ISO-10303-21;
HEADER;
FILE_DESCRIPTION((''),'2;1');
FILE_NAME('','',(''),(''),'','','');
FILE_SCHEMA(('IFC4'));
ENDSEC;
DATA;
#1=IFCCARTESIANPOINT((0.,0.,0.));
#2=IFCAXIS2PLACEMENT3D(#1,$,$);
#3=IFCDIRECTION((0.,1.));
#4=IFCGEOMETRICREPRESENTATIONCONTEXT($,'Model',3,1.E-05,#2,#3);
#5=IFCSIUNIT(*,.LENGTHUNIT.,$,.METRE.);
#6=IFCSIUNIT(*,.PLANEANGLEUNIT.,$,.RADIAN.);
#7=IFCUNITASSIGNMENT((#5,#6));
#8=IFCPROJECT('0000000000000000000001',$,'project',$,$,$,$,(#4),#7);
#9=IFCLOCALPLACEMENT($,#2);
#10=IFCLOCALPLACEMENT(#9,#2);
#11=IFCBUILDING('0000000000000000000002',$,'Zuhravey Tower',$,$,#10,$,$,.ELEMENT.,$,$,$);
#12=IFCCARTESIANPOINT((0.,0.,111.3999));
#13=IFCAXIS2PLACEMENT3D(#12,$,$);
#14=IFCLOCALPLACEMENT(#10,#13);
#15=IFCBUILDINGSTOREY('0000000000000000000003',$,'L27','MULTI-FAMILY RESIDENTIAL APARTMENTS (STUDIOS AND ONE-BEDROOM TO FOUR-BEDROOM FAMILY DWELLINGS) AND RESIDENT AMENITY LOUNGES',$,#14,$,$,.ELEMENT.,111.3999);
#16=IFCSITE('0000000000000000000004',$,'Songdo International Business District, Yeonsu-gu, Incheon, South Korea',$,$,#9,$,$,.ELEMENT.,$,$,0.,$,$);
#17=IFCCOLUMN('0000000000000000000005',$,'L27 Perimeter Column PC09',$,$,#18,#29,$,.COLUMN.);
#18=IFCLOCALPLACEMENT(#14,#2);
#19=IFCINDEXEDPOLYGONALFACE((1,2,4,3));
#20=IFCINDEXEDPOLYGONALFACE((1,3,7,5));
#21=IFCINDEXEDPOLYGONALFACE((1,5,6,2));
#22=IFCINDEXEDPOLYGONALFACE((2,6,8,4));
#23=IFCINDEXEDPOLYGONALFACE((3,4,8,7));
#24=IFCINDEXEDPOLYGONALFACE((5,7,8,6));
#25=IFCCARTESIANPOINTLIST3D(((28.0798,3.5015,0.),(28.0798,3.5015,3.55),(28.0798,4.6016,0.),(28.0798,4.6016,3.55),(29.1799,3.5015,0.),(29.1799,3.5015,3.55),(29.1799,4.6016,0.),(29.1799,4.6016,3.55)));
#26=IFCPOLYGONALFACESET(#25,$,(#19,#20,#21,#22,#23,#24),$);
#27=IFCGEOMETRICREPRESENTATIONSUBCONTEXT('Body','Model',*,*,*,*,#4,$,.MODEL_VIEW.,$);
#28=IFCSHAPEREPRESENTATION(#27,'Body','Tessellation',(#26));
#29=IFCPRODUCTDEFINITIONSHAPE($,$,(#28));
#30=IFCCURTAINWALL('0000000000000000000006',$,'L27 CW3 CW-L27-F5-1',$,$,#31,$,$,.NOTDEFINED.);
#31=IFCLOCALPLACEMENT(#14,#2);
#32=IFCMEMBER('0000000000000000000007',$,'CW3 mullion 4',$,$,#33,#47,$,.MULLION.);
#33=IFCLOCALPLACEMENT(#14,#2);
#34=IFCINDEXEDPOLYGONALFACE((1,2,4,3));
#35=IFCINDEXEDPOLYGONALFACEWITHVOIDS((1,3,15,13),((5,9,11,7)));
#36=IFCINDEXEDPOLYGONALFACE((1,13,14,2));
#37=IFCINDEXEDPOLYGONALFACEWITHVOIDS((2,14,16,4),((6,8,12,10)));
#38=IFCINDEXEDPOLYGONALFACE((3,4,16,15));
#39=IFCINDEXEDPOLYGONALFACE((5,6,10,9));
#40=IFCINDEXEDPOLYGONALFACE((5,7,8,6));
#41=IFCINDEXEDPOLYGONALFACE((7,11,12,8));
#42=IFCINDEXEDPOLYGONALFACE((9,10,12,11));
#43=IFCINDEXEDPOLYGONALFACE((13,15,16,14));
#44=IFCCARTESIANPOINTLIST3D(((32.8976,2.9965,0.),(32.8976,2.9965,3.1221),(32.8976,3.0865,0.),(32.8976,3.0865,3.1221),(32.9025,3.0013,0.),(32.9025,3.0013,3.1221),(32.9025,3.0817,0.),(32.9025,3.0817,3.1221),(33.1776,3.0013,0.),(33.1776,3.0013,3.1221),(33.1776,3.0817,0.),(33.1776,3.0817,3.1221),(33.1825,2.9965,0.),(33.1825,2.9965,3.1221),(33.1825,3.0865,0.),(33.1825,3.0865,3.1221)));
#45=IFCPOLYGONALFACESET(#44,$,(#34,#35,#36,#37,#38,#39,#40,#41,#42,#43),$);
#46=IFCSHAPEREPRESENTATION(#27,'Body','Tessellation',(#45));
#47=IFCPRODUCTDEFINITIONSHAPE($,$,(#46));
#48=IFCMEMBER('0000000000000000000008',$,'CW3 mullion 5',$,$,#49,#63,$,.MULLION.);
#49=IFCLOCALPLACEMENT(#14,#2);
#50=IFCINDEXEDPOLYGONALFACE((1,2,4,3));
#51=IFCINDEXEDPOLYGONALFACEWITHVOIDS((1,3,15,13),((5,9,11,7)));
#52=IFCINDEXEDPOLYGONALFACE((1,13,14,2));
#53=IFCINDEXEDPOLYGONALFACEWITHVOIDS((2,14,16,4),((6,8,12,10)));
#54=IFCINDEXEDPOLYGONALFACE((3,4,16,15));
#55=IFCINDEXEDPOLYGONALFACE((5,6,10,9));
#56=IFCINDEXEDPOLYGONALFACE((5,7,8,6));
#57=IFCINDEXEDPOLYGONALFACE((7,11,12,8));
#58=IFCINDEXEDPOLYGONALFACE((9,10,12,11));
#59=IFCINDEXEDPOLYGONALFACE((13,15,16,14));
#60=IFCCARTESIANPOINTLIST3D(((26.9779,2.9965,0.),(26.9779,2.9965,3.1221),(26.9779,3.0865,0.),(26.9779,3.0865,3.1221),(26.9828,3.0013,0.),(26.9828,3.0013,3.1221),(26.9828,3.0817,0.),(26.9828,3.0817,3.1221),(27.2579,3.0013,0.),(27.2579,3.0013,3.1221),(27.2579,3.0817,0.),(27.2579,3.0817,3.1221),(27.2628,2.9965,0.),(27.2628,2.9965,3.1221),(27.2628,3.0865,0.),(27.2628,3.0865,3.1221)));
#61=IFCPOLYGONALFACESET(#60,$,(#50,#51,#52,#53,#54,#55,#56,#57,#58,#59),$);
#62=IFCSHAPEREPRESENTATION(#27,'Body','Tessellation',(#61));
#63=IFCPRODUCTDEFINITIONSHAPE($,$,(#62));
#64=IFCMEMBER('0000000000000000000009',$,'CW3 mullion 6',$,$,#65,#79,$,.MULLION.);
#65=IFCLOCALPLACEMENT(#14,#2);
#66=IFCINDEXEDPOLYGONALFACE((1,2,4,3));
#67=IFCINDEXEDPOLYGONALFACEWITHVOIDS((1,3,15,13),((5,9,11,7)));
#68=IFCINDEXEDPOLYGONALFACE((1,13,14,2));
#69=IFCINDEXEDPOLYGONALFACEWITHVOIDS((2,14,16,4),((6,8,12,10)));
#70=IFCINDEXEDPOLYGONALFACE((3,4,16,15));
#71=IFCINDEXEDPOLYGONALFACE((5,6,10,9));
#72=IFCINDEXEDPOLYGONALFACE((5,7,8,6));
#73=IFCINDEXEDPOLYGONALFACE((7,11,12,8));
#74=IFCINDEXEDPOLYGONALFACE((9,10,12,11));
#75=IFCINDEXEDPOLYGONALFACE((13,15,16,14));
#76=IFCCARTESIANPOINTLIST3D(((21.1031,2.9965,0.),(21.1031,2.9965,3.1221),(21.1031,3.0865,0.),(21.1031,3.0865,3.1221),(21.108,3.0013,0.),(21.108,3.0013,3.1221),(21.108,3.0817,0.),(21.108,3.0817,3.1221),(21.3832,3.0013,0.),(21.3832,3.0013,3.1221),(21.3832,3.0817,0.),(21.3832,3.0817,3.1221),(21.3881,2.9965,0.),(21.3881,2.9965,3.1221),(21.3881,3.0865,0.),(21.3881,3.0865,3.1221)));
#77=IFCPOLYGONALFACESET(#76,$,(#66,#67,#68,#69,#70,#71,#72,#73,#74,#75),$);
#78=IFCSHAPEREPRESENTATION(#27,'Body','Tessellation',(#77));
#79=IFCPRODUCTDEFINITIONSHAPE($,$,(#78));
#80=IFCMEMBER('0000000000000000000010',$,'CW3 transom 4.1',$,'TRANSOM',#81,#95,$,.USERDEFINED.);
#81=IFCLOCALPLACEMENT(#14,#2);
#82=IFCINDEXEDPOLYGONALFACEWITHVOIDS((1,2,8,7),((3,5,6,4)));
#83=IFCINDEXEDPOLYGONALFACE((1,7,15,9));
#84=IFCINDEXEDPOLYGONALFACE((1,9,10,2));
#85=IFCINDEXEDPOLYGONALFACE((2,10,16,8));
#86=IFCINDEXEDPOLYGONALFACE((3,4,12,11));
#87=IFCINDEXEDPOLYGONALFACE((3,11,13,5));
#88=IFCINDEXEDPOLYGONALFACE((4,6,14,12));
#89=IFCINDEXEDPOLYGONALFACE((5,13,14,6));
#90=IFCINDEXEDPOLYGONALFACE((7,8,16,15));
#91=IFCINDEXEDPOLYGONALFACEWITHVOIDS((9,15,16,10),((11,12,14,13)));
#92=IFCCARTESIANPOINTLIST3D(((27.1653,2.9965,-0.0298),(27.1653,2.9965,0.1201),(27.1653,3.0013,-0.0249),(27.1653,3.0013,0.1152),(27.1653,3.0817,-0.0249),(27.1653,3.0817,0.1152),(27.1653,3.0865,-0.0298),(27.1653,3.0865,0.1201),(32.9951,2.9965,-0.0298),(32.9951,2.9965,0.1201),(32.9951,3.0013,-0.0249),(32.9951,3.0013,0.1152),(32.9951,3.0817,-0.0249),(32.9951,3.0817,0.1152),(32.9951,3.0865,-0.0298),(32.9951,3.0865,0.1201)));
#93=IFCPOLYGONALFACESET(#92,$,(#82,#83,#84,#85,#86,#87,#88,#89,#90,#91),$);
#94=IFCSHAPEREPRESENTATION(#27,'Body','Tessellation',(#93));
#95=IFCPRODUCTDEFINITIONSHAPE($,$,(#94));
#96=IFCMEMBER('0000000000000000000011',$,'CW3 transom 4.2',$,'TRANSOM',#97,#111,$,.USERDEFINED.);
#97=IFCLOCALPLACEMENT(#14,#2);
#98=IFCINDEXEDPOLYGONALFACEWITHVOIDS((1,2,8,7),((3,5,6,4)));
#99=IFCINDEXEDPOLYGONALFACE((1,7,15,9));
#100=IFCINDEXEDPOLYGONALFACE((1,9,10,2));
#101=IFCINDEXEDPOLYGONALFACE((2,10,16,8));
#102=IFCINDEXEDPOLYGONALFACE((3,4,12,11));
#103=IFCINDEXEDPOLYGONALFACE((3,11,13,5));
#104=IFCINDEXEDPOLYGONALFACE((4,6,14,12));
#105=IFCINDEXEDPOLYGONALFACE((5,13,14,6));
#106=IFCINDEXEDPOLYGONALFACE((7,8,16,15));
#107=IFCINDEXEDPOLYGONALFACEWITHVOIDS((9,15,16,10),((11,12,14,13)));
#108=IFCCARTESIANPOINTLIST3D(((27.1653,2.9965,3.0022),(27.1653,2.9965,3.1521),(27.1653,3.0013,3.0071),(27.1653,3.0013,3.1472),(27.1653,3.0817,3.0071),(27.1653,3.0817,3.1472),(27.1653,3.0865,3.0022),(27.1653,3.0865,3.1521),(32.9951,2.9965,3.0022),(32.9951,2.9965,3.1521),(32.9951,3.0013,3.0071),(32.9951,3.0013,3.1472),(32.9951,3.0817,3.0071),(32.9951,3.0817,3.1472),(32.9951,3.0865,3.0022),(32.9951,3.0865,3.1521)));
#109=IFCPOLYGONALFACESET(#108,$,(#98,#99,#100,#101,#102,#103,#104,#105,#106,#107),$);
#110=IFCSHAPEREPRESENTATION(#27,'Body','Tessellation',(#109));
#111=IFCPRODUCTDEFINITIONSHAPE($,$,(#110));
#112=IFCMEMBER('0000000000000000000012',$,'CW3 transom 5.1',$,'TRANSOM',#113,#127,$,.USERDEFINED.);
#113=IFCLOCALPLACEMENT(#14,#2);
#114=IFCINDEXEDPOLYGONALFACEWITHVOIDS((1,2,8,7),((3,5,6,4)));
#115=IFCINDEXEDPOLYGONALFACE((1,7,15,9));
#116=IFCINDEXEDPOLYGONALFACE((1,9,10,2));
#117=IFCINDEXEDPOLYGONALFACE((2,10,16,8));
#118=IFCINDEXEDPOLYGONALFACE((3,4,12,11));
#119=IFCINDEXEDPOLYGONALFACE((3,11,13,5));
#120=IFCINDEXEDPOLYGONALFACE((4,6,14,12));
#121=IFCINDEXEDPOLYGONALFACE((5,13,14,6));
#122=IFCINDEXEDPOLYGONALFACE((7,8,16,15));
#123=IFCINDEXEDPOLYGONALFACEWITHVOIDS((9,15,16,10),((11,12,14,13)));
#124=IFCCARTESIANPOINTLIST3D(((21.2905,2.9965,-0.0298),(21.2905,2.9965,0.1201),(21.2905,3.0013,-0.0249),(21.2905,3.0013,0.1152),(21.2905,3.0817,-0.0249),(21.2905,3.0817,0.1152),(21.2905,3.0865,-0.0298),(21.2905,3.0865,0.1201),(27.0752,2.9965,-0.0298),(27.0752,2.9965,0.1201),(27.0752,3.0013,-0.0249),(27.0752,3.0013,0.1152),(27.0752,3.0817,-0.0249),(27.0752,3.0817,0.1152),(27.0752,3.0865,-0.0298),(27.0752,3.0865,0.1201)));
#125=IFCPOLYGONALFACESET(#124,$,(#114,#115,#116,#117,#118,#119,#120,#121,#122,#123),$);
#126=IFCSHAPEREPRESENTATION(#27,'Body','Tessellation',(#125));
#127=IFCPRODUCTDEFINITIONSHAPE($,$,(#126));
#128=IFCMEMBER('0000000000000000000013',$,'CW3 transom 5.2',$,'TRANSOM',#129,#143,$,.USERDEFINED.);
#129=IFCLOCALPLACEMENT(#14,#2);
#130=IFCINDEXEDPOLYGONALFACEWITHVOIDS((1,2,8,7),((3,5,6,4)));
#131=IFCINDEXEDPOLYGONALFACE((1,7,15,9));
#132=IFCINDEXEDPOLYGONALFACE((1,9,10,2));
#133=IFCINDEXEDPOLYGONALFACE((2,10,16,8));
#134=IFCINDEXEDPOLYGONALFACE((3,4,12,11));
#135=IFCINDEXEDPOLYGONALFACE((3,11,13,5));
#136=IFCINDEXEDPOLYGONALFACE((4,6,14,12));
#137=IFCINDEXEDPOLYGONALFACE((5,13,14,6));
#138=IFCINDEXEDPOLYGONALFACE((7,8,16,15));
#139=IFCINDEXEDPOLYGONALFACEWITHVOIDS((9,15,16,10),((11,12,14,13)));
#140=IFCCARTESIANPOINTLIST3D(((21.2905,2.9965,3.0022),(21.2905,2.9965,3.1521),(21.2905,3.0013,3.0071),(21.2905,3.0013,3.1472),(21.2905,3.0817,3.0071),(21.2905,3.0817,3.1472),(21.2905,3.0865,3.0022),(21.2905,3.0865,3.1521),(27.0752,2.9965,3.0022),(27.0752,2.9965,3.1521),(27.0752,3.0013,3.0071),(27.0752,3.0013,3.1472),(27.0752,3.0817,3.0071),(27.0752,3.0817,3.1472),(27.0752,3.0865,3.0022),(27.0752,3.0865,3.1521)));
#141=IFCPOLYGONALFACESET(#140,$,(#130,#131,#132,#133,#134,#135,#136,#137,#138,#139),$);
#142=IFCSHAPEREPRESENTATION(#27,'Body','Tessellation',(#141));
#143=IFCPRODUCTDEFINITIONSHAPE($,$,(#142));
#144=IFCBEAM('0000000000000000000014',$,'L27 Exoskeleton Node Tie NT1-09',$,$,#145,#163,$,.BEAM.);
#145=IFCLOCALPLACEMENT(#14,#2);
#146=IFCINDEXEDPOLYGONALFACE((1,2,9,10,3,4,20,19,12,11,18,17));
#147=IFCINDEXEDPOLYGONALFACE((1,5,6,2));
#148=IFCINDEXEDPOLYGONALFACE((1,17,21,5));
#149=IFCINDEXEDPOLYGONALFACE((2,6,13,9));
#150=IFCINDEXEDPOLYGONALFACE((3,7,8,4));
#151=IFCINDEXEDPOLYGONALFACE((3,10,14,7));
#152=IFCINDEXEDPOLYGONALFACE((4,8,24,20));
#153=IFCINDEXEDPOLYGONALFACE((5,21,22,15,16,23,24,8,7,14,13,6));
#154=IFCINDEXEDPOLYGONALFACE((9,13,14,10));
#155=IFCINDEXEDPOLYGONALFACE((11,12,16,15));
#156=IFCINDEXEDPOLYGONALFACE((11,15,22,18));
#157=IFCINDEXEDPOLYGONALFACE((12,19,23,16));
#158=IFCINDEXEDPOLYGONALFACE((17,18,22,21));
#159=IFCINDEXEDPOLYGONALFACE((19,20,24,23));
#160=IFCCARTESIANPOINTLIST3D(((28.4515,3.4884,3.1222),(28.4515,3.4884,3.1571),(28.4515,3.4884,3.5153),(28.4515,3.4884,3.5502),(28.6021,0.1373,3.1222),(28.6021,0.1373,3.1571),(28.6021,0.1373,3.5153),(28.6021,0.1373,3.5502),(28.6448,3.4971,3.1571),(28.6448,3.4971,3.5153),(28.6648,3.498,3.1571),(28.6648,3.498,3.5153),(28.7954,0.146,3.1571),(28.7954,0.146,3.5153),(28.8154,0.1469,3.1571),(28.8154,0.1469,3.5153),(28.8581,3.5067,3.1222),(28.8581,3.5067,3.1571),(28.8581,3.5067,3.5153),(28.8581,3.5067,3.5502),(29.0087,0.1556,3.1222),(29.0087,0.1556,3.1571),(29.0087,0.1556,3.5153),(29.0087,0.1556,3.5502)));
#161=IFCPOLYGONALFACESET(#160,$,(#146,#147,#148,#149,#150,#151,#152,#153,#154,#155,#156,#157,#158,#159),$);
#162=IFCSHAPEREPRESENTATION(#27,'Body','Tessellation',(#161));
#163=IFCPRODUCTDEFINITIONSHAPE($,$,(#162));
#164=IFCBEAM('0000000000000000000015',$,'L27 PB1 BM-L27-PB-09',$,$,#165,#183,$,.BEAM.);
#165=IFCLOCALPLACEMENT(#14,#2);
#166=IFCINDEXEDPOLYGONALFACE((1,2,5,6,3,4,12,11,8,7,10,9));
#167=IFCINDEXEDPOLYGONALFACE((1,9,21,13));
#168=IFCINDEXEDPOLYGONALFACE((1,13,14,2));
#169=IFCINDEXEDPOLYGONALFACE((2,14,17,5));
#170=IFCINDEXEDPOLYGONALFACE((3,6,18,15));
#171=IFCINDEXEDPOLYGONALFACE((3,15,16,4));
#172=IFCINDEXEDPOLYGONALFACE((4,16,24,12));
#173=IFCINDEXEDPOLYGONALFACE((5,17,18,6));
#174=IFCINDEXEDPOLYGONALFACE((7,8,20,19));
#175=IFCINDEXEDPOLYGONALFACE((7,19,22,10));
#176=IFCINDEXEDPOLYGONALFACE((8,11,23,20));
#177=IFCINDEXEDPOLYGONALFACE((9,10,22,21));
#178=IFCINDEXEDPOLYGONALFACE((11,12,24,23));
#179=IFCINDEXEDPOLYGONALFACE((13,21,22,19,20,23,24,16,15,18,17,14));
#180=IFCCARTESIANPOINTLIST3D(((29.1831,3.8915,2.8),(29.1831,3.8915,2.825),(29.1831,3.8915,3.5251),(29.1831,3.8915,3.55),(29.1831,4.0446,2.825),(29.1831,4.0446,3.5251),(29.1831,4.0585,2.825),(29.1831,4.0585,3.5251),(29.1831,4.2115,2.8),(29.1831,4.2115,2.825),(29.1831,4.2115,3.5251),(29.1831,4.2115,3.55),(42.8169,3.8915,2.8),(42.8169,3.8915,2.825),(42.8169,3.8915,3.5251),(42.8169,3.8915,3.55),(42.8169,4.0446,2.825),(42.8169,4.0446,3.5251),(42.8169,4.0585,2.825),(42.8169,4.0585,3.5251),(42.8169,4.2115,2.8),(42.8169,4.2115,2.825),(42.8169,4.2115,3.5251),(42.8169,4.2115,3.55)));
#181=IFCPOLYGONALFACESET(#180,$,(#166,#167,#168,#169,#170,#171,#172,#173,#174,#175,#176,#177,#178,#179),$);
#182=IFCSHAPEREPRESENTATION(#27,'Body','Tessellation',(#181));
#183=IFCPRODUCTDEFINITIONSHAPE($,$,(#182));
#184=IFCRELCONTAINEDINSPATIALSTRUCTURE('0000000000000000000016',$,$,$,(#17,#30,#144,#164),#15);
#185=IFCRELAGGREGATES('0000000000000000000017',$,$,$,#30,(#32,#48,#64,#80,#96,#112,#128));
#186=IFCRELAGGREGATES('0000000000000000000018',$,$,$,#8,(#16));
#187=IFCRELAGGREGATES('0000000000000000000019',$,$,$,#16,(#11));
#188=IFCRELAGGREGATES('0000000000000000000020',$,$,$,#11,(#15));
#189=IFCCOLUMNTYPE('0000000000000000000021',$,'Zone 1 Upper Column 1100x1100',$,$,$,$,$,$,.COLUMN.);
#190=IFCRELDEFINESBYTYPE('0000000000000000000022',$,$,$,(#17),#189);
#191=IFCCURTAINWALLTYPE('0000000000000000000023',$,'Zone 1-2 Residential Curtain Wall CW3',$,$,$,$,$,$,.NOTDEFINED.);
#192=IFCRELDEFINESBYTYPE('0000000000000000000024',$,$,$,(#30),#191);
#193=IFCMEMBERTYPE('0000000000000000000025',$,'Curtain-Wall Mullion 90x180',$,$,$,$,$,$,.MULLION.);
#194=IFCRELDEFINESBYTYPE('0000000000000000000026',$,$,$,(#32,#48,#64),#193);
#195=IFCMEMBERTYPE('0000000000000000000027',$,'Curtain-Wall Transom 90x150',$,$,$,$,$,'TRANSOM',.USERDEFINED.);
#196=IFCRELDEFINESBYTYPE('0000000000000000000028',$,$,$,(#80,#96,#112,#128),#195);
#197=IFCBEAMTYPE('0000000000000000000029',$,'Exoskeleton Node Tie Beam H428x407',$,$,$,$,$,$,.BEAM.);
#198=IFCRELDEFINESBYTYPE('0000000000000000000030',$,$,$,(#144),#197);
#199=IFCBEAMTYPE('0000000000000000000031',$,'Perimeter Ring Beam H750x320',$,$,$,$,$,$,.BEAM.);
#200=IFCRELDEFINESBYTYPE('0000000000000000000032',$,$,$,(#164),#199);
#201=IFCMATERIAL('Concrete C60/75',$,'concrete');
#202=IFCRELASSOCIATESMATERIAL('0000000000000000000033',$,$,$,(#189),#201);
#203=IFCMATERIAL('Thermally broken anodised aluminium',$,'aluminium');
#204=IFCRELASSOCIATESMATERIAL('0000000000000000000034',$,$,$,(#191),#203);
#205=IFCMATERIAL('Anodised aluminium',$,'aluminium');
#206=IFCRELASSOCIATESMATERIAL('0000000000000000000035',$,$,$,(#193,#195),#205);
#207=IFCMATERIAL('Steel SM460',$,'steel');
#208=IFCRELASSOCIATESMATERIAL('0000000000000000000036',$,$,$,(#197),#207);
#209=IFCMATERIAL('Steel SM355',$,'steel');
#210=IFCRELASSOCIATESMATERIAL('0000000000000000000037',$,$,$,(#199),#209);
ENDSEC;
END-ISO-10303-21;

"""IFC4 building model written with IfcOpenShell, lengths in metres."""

from ifc_helpers import new_model, si_unit, direction, frame, origin, origin_2d, place, context, subcontext, project, spatial, rectangle, hollow_rectangle, i_section, extrude, material, material_profile, profile_set, type_object, element, aggregate, save


model = new_model("IFC4")

# Units and contexts
model_context = context("Model", 3, precision=1e-05, world=origin(), true_north=direction((0.0, 1.0)))
body_context = subcontext(model_context, "Body", "Model", "MODEL_VIEW")
ifc_project = project(units=[si_unit("LENGTHUNIT", "METRE"), si_unit("PLANEANGLEUNIT", "RADIAN")], contexts=[model_context])

# Site, building, storey
site_placement = place(None, origin())
site = spatial("IfcSite", under=ifc_project, at=site_placement, Name="Songdo International Business District, Yeonsu-gu, Incheon, South Korea", CompositionType="ELEMENT", RefElevation=0.0)
building_placement = place(site_placement, origin())
building = spatial("IfcBuilding", under=site, at=building_placement, Name="Zuhravey Tower", CompositionType="ELEMENT")
storey_placement = place(building_placement, frame((0.0, 0.0, 111.3999)))
storey = spatial("IfcBuildingStorey", under=building, at=storey_placement, Name="L27", Description="MULTI-FAMILY RESIDENTIAL APARTMENTS (STUDIOS AND ONE-BEDROOM TO FOUR-BEDROOM FAMILY DWELLINGS) AND RESIDENT AMENITY LOUNGES", CompositionType="ELEMENT", Elevation=111.3999)

# Column
ifc_material_1 = material(Name="Concrete C60/75", Category="concrete")
ifc_material_profile_1 = material_profile(ifc_material_1, rectangle(XDim=1.1001, YDim=1.1001, at=origin_2d()), Name="RC-1100x1100")
ifc_profile_set_1 = profile_set([ifc_material_profile_1], Name="Concrete C60/75")
column_type = type_object("IfcColumnType", Name="Zone 1 Upper Column 1100x1100", PredefinedType="COLUMN", material=ifc_profile_set_1)
column_placement = place(storey_placement, frame((28.6299, 4.0515, 0.0), z_axis=(0.0, 0.0, 1.0), x_axis=(1.0, 0.0, 0.0)))
element("IfcColumn", 1, at=column_placement, inside=storey, type_object=column_type, Name="L27 Perimeter Column PC09", PredefinedType="COLUMN", context=body_context, shape_type="SweptSolid", body=[
    extrude(rectangle(XDim=1.1001, YDim=1.1001, at=origin_2d()), origin(), (0.0, 0.0, 1.0), 3.55),
])

# Curtain wall, members
ifc_material_2 = material(Name="Thermally broken anodised aluminium", Category="aluminium")
curtain_wall_type = type_object("IfcCurtainWallType", Name="Zone 1-2 Residential Curtain Wall CW3", PredefinedType="NOTDEFINED", material=ifc_material_2)
curtain_wall_placement = place(storey_placement, origin())
curtain_wall = element("IfcCurtainWall", 2, at=curtain_wall_placement, inside=storey, type_object=curtain_wall_type, Name="L27 CW3 CW-L27-F5-1", PredefinedType="NOTDEFINED")
ifc_material_3 = material(Name="Anodised aluminium", Category="aluminium")
ifc_material_profile_2 = material_profile(ifc_material_3, hollow_rectangle(XDim=0.0901, YDim=0.2849, WallThickness=0.0049, at=origin_2d()), Name="ALU-RHS-90x285x5")
ifc_profile_set_2 = profile_set([ifc_material_profile_2], Name="Anodised aluminium")
member_type_1 = type_object("IfcMemberType", Name="Curtain-Wall Mullion 90x180", PredefinedType="MULLION", material=ifc_profile_set_2)
member_1_placement = place(storey_placement, frame((33.04, 3.0415, 0.0), z_axis=(0.0, 0.0, 1.0), x_axis=(0.0, -1.0, 0.0)))
member_1 = element("IfcMember", 3, at=member_1_placement, type_object=member_type_1, Name="CW3 mullion 4", PredefinedType="MULLION", context=body_context, shape_type="SweptSolid", body=[
    extrude(hollow_rectangle(XDim=0.0901, YDim=0.2849, WallThickness=0.0049, at=origin_2d()), origin(), (0.0, 0.0, 1.0), 3.1221),
])
member_2_placement = place(storey_placement, frame((27.1204, 3.0415, 0.0), z_axis=(0.0, 0.0, 1.0), x_axis=(0.0, -1.0, 0.0)))
member_2 = element("IfcMember", 4, at=member_2_placement, type_object=member_type_1, Name="CW3 mullion 5", PredefinedType="MULLION", context=body_context, shape_type="SweptSolid", body=[
    extrude(hollow_rectangle(XDim=0.0901, YDim=0.2849, WallThickness=0.0049, at=origin_2d()), origin(), (0.0, 0.0, 1.0), 3.1221),
])
member_3_placement = place(storey_placement, frame((21.2456, 3.0415, 0.0), z_axis=(0.0, 0.0, 1.0), x_axis=(0.0, -1.0, 0.0)))
member_3 = element("IfcMember", 5, at=member_3_placement, type_object=member_type_1, Name="CW3 mullion 6", PredefinedType="MULLION", context=body_context, shape_type="SweptSolid", body=[
    extrude(hollow_rectangle(XDim=0.0901, YDim=0.2849, WallThickness=0.0049, at=origin_2d()), origin(), (0.0, 0.0, 1.0), 3.1221),
])
ifc_material_profile_3 = material_profile(ifc_material_3, hollow_rectangle(XDim=0.0901, YDim=0.1499, WallThickness=0.0049, at=origin_2d()), Name="ALU-RHS-90x150x5")
ifc_profile_set_3 = profile_set([ifc_material_profile_3], Name="Anodised aluminium")
member_type_2 = type_object("IfcMemberType", Name="Curtain-Wall Transom 90x150", ElementType="TRANSOM", PredefinedType="USERDEFINED", material=ifc_profile_set_3)
member_4_placement = place(storey_placement, frame((32.9951, 3.0415, 0.0452), z_axis=(-1.0, 0.0, 0.0), x_axis=(0.0, -1.0, 0.0)))
member_4 = element("IfcMember", 6, at=member_4_placement, type_object=member_type_2, Name="CW3 transom 4.1", ObjectType="TRANSOM", PredefinedType="USERDEFINED", context=body_context, shape_type="SweptSolid", body=[
    extrude(hollow_rectangle(XDim=0.0901, YDim=0.1499, WallThickness=0.0049, at=origin_2d()), origin(), (0.0, 0.0, 1.0), 5.8298),
])
member_5_placement = place(storey_placement, frame((32.9951, 3.0415, 3.0771), z_axis=(-1.0, 0.0, 0.0), x_axis=(0.0, -1.0, 0.0)))
member_5 = element("IfcMember", 7, at=member_5_placement, type_object=member_type_2, Name="CW3 transom 4.2", ObjectType="TRANSOM", PredefinedType="USERDEFINED", context=body_context, shape_type="SweptSolid", body=[
    extrude(hollow_rectangle(XDim=0.0901, YDim=0.1499, WallThickness=0.0049, at=origin_2d()), origin(), (0.0, 0.0, 1.0), 5.8298),
])
member_6_placement = place(storey_placement, frame((27.0752, 3.0415, 0.0452), z_axis=(-1.0, 0.0, 0.0), x_axis=(0.0, -1.0, 0.0)))
member_6 = element("IfcMember", 8, at=member_6_placement, type_object=member_type_2, Name="CW3 transom 5.1", ObjectType="TRANSOM", PredefinedType="USERDEFINED", context=body_context, shape_type="SweptSolid", body=[
    extrude(hollow_rectangle(XDim=0.0901, YDim=0.1499, WallThickness=0.0049, at=origin_2d()), origin(), (0.0, 0.0, 1.0), 5.7847),
])
member_7_placement = place(storey_placement, frame((27.0752, 3.0415, 3.0771), z_axis=(-1.0, 0.0, 0.0), x_axis=(0.0, -1.0, 0.0)))
member_7 = element("IfcMember", 9, at=member_7_placement, type_object=member_type_2, Name="CW3 transom 5.2", ObjectType="TRANSOM", PredefinedType="USERDEFINED", context=body_context, shape_type="SweptSolid", body=[
    extrude(hollow_rectangle(XDim=0.0901, YDim=0.1499, WallThickness=0.0049, at=origin_2d()), origin(), (0.0, 0.0, 1.0), 5.7847),
])

# Beams
ifc_material_4 = material(Name="Steel SM460", Category="steel")
ifc_material_profile_4 = material_profile(ifc_material_4, i_section(OverallWidth=0.407, OverallDepth=0.428, WebThickness=0.02, FlangeThickness=0.0349, at=origin_2d()), Name="H-428x407x20x35")
ifc_profile_set_4 = profile_set([ifc_material_profile_4], Name="Steel SM460")
beam_type_1 = type_object("IfcBeamType", Name="Exoskeleton Node Tie Beam H428x407", PredefinedType="BEAM", material=ifc_profile_set_4)
beam_1_placement = place(storey_placement, frame((28.6548, 3.4976, 3.3362), z_axis=(0.044906, -0.998991, 0.0), x_axis=(0.998991, 0.044906, 0.0)))
element("IfcBeam", 10, at=beam_1_placement, inside=storey, type_object=beam_type_1, Name="L27 Exoskeleton Node Tie NT1-09", PredefinedType="BEAM", context=body_context, shape_type="SweptSolid", body=[
    extrude(i_section(OverallWidth=0.407, OverallDepth=0.428, WebThickness=0.02, FlangeThickness=0.0349, at=origin_2d()), origin(), (0.0, 0.0, 1.0), 3.3545),
])
ifc_material_5 = material(Name="Steel SM355", Category="steel")
ifc_material_profile_5 = material_profile(ifc_material_5, i_section(OverallWidth=0.3201, OverallDepth=0.75, WebThickness=0.0139, FlangeThickness=0.0249, at=origin_2d()), Name="H-750x320x14x25")
ifc_profile_set_5 = profile_set([ifc_material_profile_5], Name="Steel SM355")
beam_type_2 = type_object("IfcBeamType", Name="Perimeter Ring Beam H750x320", PredefinedType="BEAM", material=ifc_profile_set_5)
beam_2_placement = place(storey_placement, frame((29.1831, 4.0515, 3.175), z_axis=(1.0, 0.0, 0.0), x_axis=(0.0, 1.0, 0.0)))
element("IfcBeam", 11, at=beam_2_placement, inside=storey, type_object=beam_type_2, Name="L27 PB1 BM-L27-PB-09", PredefinedType="BEAM", context=body_context, shape_type="SweptSolid", body=[
    extrude(i_section(OverallWidth=0.3201, OverallDepth=0.75, WebThickness=0.0139, FlangeThickness=0.0249, at=origin_2d()), origin(), (0.0, 0.0, 1.0), 13.6338),
])

aggregate(curtain_wall, [member_1, member_2, member_3, member_4, member_5, member_6, member_7])

save(model, "model.ifc")
